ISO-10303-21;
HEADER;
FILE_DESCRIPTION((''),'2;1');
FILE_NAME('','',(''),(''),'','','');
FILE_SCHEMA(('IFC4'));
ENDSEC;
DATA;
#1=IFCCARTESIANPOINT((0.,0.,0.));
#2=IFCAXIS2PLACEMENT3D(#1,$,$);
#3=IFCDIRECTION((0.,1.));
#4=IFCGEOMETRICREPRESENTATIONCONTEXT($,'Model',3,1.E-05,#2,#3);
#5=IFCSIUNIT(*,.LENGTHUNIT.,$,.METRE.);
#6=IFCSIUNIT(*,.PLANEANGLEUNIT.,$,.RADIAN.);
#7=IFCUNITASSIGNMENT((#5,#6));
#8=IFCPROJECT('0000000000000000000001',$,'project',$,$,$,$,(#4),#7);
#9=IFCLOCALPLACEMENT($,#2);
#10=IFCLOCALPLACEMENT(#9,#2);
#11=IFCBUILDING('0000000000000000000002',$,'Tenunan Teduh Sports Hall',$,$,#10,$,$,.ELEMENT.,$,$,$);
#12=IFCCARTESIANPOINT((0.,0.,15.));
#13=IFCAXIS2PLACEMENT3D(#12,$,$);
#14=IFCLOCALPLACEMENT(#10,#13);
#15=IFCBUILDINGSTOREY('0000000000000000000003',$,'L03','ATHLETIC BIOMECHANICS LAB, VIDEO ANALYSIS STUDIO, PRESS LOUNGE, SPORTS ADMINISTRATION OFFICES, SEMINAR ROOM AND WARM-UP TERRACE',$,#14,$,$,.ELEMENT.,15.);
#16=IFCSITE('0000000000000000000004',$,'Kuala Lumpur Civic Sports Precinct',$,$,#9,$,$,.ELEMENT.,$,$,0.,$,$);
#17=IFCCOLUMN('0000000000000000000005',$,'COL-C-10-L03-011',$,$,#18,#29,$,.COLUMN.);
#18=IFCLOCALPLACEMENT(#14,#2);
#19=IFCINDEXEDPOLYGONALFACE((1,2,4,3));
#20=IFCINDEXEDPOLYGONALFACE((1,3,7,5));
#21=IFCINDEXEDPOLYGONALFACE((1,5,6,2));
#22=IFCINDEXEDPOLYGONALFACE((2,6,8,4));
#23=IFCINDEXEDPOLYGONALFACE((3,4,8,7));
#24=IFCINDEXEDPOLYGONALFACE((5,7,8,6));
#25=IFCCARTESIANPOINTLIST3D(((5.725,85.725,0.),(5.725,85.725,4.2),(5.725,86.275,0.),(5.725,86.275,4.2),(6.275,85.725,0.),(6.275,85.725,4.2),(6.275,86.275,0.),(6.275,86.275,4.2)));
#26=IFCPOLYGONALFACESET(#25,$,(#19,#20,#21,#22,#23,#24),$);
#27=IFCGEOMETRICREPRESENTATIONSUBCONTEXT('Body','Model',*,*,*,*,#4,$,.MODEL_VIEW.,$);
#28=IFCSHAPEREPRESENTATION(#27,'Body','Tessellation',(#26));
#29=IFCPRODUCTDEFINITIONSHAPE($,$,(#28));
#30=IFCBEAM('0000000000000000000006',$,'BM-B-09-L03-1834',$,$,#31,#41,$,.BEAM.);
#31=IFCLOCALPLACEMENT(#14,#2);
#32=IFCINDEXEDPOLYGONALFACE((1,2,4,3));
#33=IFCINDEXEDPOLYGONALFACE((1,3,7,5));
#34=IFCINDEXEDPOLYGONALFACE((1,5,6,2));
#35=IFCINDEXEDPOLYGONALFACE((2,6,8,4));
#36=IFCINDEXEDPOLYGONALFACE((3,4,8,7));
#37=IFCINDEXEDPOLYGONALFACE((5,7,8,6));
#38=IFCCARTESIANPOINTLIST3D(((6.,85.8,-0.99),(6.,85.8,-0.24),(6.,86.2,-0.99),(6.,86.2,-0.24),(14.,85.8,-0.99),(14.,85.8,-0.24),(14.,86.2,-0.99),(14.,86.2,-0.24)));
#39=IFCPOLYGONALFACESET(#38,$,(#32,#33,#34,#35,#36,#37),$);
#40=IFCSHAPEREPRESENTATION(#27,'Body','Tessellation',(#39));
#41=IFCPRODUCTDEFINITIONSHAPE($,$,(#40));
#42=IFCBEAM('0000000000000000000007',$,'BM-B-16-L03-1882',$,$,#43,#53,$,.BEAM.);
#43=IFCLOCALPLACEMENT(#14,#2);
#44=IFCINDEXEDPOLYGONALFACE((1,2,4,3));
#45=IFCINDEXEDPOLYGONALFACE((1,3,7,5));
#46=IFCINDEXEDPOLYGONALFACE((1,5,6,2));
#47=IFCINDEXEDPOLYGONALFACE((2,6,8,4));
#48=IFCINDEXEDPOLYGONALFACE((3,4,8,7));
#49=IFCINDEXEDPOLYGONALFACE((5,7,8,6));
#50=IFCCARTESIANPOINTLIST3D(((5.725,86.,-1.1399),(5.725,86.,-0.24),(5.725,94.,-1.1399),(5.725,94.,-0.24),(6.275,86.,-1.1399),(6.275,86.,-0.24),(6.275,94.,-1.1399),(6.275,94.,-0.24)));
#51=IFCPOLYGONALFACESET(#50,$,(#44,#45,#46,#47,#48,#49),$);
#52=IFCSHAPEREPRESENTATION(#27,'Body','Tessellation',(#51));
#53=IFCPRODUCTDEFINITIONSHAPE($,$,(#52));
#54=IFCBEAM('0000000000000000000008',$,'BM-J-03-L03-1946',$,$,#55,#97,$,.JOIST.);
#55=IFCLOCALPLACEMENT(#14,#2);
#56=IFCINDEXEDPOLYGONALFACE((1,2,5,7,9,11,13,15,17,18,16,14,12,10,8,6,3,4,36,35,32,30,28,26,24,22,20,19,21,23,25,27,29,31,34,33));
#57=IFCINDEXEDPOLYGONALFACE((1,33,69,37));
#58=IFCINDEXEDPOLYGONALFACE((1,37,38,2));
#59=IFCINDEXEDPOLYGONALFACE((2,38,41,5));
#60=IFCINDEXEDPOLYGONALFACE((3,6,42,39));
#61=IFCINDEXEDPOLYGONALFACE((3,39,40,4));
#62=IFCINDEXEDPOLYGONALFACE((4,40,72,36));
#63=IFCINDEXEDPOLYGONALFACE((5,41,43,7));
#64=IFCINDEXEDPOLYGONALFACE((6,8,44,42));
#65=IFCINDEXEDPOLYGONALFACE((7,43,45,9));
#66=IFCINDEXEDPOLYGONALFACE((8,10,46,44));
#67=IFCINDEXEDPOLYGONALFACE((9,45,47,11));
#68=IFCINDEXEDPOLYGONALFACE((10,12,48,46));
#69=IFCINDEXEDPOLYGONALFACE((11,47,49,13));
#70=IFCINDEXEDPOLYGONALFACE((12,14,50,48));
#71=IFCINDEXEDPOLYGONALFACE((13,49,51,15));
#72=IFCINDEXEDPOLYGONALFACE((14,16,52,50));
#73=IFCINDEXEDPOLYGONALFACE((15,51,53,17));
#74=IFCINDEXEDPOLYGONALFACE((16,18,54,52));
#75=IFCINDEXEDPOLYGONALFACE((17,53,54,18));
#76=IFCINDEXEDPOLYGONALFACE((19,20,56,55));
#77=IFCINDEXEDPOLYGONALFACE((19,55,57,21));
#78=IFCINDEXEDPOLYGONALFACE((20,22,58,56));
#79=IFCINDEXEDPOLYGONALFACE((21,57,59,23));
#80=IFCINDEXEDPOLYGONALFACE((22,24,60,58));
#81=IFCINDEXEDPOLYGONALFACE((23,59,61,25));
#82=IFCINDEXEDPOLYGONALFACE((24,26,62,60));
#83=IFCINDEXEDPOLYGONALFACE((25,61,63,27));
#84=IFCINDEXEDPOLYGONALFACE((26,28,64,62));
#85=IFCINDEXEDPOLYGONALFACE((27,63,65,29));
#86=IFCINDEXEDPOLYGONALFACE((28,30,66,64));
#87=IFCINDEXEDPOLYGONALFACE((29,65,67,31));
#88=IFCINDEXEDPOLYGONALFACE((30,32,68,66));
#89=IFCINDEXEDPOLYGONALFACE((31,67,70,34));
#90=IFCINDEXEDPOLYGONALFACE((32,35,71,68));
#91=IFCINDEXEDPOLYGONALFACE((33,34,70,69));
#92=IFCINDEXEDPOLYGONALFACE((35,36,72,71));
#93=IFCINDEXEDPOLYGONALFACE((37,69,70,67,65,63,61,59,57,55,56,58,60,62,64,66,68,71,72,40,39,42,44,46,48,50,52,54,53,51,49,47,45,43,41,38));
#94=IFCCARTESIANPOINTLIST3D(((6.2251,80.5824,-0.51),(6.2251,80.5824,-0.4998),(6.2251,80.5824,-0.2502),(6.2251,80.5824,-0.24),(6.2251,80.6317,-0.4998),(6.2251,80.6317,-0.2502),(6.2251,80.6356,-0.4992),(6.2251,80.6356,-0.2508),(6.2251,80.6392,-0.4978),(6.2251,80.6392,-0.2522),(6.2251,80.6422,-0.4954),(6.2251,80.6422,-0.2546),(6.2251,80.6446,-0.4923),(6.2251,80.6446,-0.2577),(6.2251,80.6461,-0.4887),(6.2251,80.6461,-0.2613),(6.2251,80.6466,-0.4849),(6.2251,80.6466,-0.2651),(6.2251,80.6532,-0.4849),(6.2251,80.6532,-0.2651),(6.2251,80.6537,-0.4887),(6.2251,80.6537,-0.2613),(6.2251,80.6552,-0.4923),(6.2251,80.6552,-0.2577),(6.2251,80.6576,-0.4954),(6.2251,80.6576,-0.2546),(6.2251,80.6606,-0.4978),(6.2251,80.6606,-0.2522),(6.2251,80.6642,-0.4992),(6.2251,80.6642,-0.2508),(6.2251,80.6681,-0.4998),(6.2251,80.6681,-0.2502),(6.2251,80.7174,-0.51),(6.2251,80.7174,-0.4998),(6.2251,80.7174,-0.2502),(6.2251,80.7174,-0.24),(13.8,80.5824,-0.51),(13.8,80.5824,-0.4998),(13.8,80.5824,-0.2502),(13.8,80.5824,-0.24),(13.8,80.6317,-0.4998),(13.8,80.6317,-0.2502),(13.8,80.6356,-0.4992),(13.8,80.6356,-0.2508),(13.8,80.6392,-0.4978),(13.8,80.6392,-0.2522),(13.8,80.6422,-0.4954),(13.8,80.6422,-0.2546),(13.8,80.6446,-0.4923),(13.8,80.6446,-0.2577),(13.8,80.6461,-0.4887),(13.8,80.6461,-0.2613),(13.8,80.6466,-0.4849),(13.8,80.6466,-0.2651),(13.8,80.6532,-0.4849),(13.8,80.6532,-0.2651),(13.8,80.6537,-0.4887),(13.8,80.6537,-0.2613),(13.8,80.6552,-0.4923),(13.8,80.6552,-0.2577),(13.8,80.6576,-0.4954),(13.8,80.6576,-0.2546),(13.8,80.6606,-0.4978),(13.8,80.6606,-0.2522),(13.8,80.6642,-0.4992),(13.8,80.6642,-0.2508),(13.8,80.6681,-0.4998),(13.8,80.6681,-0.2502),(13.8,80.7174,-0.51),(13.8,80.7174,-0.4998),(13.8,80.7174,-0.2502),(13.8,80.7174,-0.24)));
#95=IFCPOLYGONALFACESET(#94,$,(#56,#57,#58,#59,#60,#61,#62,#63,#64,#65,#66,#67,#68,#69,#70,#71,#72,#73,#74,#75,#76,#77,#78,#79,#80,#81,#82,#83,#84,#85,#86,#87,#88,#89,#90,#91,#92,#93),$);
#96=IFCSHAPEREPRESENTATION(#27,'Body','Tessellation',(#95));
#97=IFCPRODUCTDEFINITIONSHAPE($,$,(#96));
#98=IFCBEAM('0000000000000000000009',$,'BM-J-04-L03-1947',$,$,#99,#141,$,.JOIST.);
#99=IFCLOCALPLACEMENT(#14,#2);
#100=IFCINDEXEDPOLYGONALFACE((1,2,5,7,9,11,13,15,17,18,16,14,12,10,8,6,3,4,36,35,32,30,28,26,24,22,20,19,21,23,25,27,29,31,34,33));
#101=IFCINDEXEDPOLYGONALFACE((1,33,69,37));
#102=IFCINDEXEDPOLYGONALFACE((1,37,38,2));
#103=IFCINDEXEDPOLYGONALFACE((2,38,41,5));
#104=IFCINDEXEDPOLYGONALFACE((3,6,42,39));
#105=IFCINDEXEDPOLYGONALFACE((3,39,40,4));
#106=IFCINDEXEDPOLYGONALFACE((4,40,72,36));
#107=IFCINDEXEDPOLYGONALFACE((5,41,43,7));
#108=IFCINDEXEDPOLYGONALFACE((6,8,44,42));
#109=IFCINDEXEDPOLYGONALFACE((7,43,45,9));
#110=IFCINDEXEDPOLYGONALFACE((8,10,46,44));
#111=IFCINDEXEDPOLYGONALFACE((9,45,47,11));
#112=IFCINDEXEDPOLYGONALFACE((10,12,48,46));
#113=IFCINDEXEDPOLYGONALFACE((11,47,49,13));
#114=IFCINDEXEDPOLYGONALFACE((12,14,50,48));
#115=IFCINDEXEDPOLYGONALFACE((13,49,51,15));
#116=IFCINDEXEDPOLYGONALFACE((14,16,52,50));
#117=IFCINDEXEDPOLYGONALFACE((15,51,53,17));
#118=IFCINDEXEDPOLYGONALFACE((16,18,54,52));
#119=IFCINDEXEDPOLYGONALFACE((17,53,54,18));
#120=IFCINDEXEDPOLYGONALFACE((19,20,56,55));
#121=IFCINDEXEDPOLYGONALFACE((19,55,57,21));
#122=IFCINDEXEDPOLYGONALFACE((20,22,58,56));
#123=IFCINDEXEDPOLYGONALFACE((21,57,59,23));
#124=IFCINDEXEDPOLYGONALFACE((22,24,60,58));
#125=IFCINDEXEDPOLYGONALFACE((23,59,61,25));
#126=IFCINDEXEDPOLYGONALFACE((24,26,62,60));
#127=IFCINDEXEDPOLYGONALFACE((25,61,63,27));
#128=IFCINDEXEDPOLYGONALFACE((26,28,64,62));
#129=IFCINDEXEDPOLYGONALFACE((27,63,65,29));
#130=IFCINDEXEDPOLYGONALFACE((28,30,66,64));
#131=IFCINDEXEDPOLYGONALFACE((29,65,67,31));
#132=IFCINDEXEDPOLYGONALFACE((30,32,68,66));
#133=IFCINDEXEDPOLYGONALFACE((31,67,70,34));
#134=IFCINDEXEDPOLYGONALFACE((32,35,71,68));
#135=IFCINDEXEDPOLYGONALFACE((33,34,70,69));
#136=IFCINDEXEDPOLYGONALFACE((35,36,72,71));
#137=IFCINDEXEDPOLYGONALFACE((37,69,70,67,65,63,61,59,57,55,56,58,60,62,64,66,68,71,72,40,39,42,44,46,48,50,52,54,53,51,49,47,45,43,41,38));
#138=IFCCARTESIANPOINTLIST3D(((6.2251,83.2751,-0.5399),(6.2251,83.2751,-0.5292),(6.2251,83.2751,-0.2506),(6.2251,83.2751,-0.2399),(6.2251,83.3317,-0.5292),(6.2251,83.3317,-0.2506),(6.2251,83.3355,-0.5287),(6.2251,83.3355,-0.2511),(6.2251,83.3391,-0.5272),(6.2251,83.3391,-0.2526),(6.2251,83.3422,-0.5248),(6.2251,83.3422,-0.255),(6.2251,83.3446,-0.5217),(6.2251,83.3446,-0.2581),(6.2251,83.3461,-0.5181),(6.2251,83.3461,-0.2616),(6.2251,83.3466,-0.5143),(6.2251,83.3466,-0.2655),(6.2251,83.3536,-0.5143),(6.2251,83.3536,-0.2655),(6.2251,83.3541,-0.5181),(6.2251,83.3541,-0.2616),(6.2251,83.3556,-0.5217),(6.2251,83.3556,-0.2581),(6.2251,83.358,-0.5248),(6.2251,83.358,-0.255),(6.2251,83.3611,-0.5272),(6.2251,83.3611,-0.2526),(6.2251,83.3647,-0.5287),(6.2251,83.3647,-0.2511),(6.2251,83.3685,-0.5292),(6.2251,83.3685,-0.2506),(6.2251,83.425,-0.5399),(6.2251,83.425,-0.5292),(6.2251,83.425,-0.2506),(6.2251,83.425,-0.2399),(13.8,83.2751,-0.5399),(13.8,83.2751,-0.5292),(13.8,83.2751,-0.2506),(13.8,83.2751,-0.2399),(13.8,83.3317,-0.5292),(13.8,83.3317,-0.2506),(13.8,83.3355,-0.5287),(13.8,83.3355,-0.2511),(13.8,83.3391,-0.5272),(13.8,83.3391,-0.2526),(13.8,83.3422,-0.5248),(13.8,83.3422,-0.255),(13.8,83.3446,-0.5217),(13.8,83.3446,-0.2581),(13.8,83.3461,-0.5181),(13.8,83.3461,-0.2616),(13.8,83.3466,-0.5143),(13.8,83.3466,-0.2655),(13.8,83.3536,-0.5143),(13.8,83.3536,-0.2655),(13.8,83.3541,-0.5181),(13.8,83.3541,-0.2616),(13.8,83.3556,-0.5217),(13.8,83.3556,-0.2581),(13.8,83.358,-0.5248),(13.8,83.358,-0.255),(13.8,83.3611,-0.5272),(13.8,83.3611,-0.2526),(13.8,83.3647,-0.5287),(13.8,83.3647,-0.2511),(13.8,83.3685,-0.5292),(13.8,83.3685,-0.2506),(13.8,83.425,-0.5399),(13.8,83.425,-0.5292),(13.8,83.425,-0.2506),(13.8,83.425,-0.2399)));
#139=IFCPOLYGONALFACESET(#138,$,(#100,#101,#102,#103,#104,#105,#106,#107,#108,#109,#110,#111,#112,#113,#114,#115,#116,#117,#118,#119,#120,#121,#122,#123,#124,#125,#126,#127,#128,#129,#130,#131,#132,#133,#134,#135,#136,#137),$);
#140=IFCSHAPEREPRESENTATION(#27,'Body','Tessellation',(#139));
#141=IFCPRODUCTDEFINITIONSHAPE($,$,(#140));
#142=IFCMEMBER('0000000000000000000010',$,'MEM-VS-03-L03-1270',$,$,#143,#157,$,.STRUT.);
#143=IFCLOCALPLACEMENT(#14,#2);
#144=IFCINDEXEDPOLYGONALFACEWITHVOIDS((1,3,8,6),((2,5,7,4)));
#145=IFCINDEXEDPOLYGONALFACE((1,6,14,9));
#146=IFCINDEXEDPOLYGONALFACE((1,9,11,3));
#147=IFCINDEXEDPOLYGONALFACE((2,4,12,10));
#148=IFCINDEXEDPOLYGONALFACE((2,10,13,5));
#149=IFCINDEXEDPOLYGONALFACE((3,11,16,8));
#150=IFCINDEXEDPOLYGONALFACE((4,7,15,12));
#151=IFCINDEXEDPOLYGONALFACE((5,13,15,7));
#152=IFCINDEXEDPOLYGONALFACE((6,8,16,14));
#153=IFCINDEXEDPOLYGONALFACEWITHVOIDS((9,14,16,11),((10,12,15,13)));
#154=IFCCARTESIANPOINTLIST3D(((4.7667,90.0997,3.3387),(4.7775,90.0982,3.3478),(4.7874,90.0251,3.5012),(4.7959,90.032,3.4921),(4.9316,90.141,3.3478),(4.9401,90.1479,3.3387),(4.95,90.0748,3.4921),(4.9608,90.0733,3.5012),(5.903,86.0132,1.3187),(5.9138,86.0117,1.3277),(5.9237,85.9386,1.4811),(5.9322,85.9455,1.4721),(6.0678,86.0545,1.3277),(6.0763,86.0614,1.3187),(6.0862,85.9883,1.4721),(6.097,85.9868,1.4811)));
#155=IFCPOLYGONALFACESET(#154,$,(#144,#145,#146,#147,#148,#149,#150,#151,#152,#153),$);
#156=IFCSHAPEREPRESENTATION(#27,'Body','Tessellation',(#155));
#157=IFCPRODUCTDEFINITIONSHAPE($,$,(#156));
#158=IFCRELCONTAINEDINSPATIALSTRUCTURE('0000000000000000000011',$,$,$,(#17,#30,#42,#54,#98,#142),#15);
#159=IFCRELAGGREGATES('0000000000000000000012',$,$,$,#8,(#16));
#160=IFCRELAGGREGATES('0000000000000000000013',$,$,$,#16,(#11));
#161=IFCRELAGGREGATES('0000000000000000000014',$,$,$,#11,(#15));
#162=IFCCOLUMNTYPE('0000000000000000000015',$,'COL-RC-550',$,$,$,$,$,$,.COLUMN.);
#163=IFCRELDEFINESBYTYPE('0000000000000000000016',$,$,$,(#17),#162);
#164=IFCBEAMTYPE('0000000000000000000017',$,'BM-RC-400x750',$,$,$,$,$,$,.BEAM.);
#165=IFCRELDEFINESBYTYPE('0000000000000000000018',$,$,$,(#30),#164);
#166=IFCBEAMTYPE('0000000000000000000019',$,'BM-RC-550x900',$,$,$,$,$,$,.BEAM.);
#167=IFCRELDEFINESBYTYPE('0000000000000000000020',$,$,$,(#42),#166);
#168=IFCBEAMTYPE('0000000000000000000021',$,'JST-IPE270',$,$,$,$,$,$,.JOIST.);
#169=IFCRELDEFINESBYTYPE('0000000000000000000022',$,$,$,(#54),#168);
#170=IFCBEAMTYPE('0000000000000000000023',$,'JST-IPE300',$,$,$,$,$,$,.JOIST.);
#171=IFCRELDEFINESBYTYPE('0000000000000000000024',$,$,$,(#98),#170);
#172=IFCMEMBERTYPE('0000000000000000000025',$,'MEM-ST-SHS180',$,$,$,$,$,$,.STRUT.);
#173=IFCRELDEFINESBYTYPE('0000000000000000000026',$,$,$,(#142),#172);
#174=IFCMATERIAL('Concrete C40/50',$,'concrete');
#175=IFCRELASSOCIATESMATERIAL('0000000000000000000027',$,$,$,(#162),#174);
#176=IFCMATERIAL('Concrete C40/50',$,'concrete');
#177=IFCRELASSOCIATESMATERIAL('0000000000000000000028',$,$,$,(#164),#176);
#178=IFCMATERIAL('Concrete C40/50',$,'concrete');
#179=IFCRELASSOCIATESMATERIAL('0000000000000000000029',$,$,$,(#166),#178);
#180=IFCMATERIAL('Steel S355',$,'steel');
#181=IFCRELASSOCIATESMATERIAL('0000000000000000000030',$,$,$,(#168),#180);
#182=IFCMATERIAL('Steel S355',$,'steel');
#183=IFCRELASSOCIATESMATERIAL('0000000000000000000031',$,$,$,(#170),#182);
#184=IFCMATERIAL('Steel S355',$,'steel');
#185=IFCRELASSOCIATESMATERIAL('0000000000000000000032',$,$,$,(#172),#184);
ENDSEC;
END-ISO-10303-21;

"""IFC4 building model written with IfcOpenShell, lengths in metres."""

from ifc_helpers import new_model, si_unit, direction, frame, origin, origin_2d, place, context, subcontext, project, spatial, rectangle, hollow_rectangle, i_section, extrude, material, material_profile, profile_set, type_object, element, save


model = new_model("IFC4")

# Units and contexts
model_context = context("Model", 3, precision=1e-05, world=origin(), true_north=direction((0.0, 1.0)))
body_context = subcontext(model_context, "Body", "Model", "MODEL_VIEW")
ifc_project = project(units=[si_unit("LENGTHUNIT", "METRE"), si_unit("PLANEANGLEUNIT", "RADIAN")], contexts=[model_context])

# Site, building, storey
site_placement = place(None, origin())
site = spatial("IfcSite", under=ifc_project, at=site_placement, Name="Kuala Lumpur Civic Sports Precinct", CompositionType="ELEMENT", RefElevation=0.0)
building_placement = place(site_placement, origin())
building = spatial("IfcBuilding", under=site, at=building_placement, Name="Tenunan Teduh Sports Hall", CompositionType="ELEMENT")
storey_placement = place(building_placement, frame((0.0, 0.0, 15.0)))
storey = spatial("IfcBuildingStorey", under=building, at=storey_placement, Name="L03", Description="ATHLETIC BIOMECHANICS LAB, VIDEO ANALYSIS STUDIO, PRESS LOUNGE, SPORTS ADMINISTRATION OFFICES, SEMINAR ROOM AND WARM-UP TERRACE", CompositionType="ELEMENT", Elevation=15.0)

# Column
ifc_material_1 = material(Name="Concrete C40/50", Category="concrete")
ifc_material_profile_1 = material_profile(ifc_material_1, rectangle(XDim=0.55, YDim=0.55, at=origin_2d()), Name="RC 550x550")
ifc_profile_set_1 = profile_set([ifc_material_profile_1], Name="Concrete C40/50")
column_type = type_object("IfcColumnType", Name="COL-RC-550", PredefinedType="COLUMN", material=ifc_profile_set_1)
column_placement = place(storey_placement, frame((6.0, 86.0, 0.0), z_axis=(0.0, 0.0, 1.0), x_axis=(1.0, 0.0, 0.0)))
element("IfcColumn", 1, at=column_placement, inside=storey, type_object=column_type, Name="COL-C-10-L03-011", PredefinedType="COLUMN", context=body_context, shape_type="SweptSolid", body=[
    extrude(rectangle(XDim=0.55, YDim=0.55, at=origin_2d()), origin(), (0.0, 0.0, 1.0), 4.2),
])

# Beams
ifc_material_2 = material(Name="Concrete C40/50", Category="concrete")
ifc_material_profile_2 = material_profile(ifc_material_2, rectangle(XDim=0.3999, YDim=0.75, at=origin_2d()), Name="RCB 400x750")
ifc_profile_set_2 = profile_set([ifc_material_profile_2], Name="Concrete C40/50")
beam_type_1 = type_object("IfcBeamType", Name="BM-RC-400x750", PredefinedType="BEAM", material=ifc_profile_set_2)
beam_1_placement = place(storey_placement, frame((6.0, 86.0, -0.615), z_axis=(1.0, 0.0, 0.0), x_axis=(0.0, 1.0, 0.0)))
element("IfcBeam", 2, at=beam_1_placement, inside=storey, type_object=beam_type_1, Name="BM-B-09-L03-1834", PredefinedType="BEAM", context=body_context, shape_type="SweptSolid", body=[
    extrude(rectangle(XDim=0.3999, YDim=0.75, at=origin_2d()), origin(), (0.0, 0.0, 1.0), 8.0),
])
ifc_material_3 = material(Name="Concrete C40/50", Category="concrete")
ifc_material_profile_3 = material_profile(ifc_material_3, rectangle(XDim=0.55, YDim=0.8999, at=origin_2d()), Name="RCB 550x900")
ifc_profile_set_3 = profile_set([ifc_material_profile_3], Name="Concrete C40/50")
beam_type_2 = type_object("IfcBeamType", Name="BM-RC-550x900", PredefinedType="BEAM", material=ifc_profile_set_3)
beam_2_placement = place(storey_placement, frame((6.0, 86.0, -0.6899), z_axis=(0.0, 1.0, 0.0), x_axis=(-1.0, 0.0, 0.0)))
element("IfcBeam", 3, at=beam_2_placement, inside=storey, type_object=beam_type_2, Name="BM-B-16-L03-1882", PredefinedType="BEAM", context=body_context, shape_type="SweptSolid", body=[
    extrude(rectangle(XDim=0.55, YDim=0.8999, at=origin_2d()), origin(), (0.0, 0.0, 1.0), 8.0),
])
ifc_material_4 = material(Name="Steel S355", Category="steel")
ifc_material_profile_4 = material_profile(ifc_material_4, i_section(OverallWidth=0.135, OverallDepth=0.27, WebThickness=0.0066, FlangeThickness=0.0103, FilletRadius=0.0149, at=origin_2d()), Name="IPE 270")
ifc_profile_set_4 = profile_set([ifc_material_profile_4], Name="Steel S355")
beam_type_3 = type_object("IfcBeamType", Name="JST-IPE270", PredefinedType="JOIST", material=ifc_profile_set_4)
beam_3_placement = place(storey_placement, frame((6.2251, 80.6499, -0.375), z_axis=(1.0, 0.0, 0.0), x_axis=(0.0, 1.0, 0.0)))
element("IfcBeam", 4, at=beam_3_placement, inside=storey, type_object=beam_type_3, Name="BM-J-03-L03-1946", PredefinedType="JOIST", context=body_context, shape_type="SweptSolid", body=[
    extrude(i_section(OverallWidth=0.135, OverallDepth=0.27, WebThickness=0.0066, FlangeThickness=0.0103, FilletRadius=0.0149, at=origin_2d()), origin(), (0.0, 0.0, 1.0), 7.575),
])
ifc_material_5 = material(Name="Steel S355", Category="steel")
ifc_material_profile_5 = material_profile(ifc_material_5, i_section(OverallWidth=0.1499, OverallDepth=0.3, WebThickness=0.0071, FlangeThickness=0.0107, FilletRadius=0.0149, at=origin_2d()), Name="IPE 300")
ifc_profile_set_5 = profile_set([ifc_material_profile_5], Name="Steel S355")
beam_type_4 = type_object("IfcBeamType", Name="JST-IPE300", PredefinedType="JOIST", material=ifc_profile_set_5)
beam_4_placement = place(storey_placement, frame((6.2251, 83.3501, -0.3899), z_axis=(1.0, 0.0, 0.0), x_axis=(0.0, 1.0, 0.0)))
element("IfcBeam", 5, at=beam_4_placement, inside=storey, type_object=beam_type_4, Name="BM-J-04-L03-1947", PredefinedType="JOIST", context=body_context, shape_type="SweptSolid", body=[
    extrude(i_section(OverallWidth=0.1499, OverallDepth=0.3, WebThickness=0.0071, FlangeThickness=0.0107, FilletRadius=0.0149, at=origin_2d()), origin(), (0.0, 0.0, 1.0), 7.575),
])

# Member
ifc_material_6 = material(Name="Steel S355", Category="steel")
ifc_material_profile_6 = material_profile(ifc_material_6, hollow_rectangle(XDim=0.1799, YDim=0.1799, WallThickness=0.01, at=origin_2d()), Name="SHS 180x180x10.0")
ifc_profile_set_6 = profile_set([ifc_material_profile_6], Name="Steel S355")
member_type = type_object("IfcMemberType", Name="MEM-ST-SHS180", PredefinedType="STRUT", material=ifc_profile_set_6)
member_placement = place(storey_placement, frame((6.0, 86.0, 1.3999), z_axis=(-0.241859, 0.869839, 0.429982), x_axis=(-0.96345, -0.267887, 0.0)))
element("IfcMember", 6, at=member_placement, inside=storey, type_object=member_type, Name="MEM-VS-03-L03-1270", PredefinedType="STRUT", context=body_context, shape_type="SweptSolid", body=[
    extrude(hollow_rectangle(XDim=0.1799, YDim=0.1799, WallThickness=0.01, at=origin_2d()), origin(), (0.0, 0.0, 1.0), 4.698),
])

save(model, "model.ifc")
